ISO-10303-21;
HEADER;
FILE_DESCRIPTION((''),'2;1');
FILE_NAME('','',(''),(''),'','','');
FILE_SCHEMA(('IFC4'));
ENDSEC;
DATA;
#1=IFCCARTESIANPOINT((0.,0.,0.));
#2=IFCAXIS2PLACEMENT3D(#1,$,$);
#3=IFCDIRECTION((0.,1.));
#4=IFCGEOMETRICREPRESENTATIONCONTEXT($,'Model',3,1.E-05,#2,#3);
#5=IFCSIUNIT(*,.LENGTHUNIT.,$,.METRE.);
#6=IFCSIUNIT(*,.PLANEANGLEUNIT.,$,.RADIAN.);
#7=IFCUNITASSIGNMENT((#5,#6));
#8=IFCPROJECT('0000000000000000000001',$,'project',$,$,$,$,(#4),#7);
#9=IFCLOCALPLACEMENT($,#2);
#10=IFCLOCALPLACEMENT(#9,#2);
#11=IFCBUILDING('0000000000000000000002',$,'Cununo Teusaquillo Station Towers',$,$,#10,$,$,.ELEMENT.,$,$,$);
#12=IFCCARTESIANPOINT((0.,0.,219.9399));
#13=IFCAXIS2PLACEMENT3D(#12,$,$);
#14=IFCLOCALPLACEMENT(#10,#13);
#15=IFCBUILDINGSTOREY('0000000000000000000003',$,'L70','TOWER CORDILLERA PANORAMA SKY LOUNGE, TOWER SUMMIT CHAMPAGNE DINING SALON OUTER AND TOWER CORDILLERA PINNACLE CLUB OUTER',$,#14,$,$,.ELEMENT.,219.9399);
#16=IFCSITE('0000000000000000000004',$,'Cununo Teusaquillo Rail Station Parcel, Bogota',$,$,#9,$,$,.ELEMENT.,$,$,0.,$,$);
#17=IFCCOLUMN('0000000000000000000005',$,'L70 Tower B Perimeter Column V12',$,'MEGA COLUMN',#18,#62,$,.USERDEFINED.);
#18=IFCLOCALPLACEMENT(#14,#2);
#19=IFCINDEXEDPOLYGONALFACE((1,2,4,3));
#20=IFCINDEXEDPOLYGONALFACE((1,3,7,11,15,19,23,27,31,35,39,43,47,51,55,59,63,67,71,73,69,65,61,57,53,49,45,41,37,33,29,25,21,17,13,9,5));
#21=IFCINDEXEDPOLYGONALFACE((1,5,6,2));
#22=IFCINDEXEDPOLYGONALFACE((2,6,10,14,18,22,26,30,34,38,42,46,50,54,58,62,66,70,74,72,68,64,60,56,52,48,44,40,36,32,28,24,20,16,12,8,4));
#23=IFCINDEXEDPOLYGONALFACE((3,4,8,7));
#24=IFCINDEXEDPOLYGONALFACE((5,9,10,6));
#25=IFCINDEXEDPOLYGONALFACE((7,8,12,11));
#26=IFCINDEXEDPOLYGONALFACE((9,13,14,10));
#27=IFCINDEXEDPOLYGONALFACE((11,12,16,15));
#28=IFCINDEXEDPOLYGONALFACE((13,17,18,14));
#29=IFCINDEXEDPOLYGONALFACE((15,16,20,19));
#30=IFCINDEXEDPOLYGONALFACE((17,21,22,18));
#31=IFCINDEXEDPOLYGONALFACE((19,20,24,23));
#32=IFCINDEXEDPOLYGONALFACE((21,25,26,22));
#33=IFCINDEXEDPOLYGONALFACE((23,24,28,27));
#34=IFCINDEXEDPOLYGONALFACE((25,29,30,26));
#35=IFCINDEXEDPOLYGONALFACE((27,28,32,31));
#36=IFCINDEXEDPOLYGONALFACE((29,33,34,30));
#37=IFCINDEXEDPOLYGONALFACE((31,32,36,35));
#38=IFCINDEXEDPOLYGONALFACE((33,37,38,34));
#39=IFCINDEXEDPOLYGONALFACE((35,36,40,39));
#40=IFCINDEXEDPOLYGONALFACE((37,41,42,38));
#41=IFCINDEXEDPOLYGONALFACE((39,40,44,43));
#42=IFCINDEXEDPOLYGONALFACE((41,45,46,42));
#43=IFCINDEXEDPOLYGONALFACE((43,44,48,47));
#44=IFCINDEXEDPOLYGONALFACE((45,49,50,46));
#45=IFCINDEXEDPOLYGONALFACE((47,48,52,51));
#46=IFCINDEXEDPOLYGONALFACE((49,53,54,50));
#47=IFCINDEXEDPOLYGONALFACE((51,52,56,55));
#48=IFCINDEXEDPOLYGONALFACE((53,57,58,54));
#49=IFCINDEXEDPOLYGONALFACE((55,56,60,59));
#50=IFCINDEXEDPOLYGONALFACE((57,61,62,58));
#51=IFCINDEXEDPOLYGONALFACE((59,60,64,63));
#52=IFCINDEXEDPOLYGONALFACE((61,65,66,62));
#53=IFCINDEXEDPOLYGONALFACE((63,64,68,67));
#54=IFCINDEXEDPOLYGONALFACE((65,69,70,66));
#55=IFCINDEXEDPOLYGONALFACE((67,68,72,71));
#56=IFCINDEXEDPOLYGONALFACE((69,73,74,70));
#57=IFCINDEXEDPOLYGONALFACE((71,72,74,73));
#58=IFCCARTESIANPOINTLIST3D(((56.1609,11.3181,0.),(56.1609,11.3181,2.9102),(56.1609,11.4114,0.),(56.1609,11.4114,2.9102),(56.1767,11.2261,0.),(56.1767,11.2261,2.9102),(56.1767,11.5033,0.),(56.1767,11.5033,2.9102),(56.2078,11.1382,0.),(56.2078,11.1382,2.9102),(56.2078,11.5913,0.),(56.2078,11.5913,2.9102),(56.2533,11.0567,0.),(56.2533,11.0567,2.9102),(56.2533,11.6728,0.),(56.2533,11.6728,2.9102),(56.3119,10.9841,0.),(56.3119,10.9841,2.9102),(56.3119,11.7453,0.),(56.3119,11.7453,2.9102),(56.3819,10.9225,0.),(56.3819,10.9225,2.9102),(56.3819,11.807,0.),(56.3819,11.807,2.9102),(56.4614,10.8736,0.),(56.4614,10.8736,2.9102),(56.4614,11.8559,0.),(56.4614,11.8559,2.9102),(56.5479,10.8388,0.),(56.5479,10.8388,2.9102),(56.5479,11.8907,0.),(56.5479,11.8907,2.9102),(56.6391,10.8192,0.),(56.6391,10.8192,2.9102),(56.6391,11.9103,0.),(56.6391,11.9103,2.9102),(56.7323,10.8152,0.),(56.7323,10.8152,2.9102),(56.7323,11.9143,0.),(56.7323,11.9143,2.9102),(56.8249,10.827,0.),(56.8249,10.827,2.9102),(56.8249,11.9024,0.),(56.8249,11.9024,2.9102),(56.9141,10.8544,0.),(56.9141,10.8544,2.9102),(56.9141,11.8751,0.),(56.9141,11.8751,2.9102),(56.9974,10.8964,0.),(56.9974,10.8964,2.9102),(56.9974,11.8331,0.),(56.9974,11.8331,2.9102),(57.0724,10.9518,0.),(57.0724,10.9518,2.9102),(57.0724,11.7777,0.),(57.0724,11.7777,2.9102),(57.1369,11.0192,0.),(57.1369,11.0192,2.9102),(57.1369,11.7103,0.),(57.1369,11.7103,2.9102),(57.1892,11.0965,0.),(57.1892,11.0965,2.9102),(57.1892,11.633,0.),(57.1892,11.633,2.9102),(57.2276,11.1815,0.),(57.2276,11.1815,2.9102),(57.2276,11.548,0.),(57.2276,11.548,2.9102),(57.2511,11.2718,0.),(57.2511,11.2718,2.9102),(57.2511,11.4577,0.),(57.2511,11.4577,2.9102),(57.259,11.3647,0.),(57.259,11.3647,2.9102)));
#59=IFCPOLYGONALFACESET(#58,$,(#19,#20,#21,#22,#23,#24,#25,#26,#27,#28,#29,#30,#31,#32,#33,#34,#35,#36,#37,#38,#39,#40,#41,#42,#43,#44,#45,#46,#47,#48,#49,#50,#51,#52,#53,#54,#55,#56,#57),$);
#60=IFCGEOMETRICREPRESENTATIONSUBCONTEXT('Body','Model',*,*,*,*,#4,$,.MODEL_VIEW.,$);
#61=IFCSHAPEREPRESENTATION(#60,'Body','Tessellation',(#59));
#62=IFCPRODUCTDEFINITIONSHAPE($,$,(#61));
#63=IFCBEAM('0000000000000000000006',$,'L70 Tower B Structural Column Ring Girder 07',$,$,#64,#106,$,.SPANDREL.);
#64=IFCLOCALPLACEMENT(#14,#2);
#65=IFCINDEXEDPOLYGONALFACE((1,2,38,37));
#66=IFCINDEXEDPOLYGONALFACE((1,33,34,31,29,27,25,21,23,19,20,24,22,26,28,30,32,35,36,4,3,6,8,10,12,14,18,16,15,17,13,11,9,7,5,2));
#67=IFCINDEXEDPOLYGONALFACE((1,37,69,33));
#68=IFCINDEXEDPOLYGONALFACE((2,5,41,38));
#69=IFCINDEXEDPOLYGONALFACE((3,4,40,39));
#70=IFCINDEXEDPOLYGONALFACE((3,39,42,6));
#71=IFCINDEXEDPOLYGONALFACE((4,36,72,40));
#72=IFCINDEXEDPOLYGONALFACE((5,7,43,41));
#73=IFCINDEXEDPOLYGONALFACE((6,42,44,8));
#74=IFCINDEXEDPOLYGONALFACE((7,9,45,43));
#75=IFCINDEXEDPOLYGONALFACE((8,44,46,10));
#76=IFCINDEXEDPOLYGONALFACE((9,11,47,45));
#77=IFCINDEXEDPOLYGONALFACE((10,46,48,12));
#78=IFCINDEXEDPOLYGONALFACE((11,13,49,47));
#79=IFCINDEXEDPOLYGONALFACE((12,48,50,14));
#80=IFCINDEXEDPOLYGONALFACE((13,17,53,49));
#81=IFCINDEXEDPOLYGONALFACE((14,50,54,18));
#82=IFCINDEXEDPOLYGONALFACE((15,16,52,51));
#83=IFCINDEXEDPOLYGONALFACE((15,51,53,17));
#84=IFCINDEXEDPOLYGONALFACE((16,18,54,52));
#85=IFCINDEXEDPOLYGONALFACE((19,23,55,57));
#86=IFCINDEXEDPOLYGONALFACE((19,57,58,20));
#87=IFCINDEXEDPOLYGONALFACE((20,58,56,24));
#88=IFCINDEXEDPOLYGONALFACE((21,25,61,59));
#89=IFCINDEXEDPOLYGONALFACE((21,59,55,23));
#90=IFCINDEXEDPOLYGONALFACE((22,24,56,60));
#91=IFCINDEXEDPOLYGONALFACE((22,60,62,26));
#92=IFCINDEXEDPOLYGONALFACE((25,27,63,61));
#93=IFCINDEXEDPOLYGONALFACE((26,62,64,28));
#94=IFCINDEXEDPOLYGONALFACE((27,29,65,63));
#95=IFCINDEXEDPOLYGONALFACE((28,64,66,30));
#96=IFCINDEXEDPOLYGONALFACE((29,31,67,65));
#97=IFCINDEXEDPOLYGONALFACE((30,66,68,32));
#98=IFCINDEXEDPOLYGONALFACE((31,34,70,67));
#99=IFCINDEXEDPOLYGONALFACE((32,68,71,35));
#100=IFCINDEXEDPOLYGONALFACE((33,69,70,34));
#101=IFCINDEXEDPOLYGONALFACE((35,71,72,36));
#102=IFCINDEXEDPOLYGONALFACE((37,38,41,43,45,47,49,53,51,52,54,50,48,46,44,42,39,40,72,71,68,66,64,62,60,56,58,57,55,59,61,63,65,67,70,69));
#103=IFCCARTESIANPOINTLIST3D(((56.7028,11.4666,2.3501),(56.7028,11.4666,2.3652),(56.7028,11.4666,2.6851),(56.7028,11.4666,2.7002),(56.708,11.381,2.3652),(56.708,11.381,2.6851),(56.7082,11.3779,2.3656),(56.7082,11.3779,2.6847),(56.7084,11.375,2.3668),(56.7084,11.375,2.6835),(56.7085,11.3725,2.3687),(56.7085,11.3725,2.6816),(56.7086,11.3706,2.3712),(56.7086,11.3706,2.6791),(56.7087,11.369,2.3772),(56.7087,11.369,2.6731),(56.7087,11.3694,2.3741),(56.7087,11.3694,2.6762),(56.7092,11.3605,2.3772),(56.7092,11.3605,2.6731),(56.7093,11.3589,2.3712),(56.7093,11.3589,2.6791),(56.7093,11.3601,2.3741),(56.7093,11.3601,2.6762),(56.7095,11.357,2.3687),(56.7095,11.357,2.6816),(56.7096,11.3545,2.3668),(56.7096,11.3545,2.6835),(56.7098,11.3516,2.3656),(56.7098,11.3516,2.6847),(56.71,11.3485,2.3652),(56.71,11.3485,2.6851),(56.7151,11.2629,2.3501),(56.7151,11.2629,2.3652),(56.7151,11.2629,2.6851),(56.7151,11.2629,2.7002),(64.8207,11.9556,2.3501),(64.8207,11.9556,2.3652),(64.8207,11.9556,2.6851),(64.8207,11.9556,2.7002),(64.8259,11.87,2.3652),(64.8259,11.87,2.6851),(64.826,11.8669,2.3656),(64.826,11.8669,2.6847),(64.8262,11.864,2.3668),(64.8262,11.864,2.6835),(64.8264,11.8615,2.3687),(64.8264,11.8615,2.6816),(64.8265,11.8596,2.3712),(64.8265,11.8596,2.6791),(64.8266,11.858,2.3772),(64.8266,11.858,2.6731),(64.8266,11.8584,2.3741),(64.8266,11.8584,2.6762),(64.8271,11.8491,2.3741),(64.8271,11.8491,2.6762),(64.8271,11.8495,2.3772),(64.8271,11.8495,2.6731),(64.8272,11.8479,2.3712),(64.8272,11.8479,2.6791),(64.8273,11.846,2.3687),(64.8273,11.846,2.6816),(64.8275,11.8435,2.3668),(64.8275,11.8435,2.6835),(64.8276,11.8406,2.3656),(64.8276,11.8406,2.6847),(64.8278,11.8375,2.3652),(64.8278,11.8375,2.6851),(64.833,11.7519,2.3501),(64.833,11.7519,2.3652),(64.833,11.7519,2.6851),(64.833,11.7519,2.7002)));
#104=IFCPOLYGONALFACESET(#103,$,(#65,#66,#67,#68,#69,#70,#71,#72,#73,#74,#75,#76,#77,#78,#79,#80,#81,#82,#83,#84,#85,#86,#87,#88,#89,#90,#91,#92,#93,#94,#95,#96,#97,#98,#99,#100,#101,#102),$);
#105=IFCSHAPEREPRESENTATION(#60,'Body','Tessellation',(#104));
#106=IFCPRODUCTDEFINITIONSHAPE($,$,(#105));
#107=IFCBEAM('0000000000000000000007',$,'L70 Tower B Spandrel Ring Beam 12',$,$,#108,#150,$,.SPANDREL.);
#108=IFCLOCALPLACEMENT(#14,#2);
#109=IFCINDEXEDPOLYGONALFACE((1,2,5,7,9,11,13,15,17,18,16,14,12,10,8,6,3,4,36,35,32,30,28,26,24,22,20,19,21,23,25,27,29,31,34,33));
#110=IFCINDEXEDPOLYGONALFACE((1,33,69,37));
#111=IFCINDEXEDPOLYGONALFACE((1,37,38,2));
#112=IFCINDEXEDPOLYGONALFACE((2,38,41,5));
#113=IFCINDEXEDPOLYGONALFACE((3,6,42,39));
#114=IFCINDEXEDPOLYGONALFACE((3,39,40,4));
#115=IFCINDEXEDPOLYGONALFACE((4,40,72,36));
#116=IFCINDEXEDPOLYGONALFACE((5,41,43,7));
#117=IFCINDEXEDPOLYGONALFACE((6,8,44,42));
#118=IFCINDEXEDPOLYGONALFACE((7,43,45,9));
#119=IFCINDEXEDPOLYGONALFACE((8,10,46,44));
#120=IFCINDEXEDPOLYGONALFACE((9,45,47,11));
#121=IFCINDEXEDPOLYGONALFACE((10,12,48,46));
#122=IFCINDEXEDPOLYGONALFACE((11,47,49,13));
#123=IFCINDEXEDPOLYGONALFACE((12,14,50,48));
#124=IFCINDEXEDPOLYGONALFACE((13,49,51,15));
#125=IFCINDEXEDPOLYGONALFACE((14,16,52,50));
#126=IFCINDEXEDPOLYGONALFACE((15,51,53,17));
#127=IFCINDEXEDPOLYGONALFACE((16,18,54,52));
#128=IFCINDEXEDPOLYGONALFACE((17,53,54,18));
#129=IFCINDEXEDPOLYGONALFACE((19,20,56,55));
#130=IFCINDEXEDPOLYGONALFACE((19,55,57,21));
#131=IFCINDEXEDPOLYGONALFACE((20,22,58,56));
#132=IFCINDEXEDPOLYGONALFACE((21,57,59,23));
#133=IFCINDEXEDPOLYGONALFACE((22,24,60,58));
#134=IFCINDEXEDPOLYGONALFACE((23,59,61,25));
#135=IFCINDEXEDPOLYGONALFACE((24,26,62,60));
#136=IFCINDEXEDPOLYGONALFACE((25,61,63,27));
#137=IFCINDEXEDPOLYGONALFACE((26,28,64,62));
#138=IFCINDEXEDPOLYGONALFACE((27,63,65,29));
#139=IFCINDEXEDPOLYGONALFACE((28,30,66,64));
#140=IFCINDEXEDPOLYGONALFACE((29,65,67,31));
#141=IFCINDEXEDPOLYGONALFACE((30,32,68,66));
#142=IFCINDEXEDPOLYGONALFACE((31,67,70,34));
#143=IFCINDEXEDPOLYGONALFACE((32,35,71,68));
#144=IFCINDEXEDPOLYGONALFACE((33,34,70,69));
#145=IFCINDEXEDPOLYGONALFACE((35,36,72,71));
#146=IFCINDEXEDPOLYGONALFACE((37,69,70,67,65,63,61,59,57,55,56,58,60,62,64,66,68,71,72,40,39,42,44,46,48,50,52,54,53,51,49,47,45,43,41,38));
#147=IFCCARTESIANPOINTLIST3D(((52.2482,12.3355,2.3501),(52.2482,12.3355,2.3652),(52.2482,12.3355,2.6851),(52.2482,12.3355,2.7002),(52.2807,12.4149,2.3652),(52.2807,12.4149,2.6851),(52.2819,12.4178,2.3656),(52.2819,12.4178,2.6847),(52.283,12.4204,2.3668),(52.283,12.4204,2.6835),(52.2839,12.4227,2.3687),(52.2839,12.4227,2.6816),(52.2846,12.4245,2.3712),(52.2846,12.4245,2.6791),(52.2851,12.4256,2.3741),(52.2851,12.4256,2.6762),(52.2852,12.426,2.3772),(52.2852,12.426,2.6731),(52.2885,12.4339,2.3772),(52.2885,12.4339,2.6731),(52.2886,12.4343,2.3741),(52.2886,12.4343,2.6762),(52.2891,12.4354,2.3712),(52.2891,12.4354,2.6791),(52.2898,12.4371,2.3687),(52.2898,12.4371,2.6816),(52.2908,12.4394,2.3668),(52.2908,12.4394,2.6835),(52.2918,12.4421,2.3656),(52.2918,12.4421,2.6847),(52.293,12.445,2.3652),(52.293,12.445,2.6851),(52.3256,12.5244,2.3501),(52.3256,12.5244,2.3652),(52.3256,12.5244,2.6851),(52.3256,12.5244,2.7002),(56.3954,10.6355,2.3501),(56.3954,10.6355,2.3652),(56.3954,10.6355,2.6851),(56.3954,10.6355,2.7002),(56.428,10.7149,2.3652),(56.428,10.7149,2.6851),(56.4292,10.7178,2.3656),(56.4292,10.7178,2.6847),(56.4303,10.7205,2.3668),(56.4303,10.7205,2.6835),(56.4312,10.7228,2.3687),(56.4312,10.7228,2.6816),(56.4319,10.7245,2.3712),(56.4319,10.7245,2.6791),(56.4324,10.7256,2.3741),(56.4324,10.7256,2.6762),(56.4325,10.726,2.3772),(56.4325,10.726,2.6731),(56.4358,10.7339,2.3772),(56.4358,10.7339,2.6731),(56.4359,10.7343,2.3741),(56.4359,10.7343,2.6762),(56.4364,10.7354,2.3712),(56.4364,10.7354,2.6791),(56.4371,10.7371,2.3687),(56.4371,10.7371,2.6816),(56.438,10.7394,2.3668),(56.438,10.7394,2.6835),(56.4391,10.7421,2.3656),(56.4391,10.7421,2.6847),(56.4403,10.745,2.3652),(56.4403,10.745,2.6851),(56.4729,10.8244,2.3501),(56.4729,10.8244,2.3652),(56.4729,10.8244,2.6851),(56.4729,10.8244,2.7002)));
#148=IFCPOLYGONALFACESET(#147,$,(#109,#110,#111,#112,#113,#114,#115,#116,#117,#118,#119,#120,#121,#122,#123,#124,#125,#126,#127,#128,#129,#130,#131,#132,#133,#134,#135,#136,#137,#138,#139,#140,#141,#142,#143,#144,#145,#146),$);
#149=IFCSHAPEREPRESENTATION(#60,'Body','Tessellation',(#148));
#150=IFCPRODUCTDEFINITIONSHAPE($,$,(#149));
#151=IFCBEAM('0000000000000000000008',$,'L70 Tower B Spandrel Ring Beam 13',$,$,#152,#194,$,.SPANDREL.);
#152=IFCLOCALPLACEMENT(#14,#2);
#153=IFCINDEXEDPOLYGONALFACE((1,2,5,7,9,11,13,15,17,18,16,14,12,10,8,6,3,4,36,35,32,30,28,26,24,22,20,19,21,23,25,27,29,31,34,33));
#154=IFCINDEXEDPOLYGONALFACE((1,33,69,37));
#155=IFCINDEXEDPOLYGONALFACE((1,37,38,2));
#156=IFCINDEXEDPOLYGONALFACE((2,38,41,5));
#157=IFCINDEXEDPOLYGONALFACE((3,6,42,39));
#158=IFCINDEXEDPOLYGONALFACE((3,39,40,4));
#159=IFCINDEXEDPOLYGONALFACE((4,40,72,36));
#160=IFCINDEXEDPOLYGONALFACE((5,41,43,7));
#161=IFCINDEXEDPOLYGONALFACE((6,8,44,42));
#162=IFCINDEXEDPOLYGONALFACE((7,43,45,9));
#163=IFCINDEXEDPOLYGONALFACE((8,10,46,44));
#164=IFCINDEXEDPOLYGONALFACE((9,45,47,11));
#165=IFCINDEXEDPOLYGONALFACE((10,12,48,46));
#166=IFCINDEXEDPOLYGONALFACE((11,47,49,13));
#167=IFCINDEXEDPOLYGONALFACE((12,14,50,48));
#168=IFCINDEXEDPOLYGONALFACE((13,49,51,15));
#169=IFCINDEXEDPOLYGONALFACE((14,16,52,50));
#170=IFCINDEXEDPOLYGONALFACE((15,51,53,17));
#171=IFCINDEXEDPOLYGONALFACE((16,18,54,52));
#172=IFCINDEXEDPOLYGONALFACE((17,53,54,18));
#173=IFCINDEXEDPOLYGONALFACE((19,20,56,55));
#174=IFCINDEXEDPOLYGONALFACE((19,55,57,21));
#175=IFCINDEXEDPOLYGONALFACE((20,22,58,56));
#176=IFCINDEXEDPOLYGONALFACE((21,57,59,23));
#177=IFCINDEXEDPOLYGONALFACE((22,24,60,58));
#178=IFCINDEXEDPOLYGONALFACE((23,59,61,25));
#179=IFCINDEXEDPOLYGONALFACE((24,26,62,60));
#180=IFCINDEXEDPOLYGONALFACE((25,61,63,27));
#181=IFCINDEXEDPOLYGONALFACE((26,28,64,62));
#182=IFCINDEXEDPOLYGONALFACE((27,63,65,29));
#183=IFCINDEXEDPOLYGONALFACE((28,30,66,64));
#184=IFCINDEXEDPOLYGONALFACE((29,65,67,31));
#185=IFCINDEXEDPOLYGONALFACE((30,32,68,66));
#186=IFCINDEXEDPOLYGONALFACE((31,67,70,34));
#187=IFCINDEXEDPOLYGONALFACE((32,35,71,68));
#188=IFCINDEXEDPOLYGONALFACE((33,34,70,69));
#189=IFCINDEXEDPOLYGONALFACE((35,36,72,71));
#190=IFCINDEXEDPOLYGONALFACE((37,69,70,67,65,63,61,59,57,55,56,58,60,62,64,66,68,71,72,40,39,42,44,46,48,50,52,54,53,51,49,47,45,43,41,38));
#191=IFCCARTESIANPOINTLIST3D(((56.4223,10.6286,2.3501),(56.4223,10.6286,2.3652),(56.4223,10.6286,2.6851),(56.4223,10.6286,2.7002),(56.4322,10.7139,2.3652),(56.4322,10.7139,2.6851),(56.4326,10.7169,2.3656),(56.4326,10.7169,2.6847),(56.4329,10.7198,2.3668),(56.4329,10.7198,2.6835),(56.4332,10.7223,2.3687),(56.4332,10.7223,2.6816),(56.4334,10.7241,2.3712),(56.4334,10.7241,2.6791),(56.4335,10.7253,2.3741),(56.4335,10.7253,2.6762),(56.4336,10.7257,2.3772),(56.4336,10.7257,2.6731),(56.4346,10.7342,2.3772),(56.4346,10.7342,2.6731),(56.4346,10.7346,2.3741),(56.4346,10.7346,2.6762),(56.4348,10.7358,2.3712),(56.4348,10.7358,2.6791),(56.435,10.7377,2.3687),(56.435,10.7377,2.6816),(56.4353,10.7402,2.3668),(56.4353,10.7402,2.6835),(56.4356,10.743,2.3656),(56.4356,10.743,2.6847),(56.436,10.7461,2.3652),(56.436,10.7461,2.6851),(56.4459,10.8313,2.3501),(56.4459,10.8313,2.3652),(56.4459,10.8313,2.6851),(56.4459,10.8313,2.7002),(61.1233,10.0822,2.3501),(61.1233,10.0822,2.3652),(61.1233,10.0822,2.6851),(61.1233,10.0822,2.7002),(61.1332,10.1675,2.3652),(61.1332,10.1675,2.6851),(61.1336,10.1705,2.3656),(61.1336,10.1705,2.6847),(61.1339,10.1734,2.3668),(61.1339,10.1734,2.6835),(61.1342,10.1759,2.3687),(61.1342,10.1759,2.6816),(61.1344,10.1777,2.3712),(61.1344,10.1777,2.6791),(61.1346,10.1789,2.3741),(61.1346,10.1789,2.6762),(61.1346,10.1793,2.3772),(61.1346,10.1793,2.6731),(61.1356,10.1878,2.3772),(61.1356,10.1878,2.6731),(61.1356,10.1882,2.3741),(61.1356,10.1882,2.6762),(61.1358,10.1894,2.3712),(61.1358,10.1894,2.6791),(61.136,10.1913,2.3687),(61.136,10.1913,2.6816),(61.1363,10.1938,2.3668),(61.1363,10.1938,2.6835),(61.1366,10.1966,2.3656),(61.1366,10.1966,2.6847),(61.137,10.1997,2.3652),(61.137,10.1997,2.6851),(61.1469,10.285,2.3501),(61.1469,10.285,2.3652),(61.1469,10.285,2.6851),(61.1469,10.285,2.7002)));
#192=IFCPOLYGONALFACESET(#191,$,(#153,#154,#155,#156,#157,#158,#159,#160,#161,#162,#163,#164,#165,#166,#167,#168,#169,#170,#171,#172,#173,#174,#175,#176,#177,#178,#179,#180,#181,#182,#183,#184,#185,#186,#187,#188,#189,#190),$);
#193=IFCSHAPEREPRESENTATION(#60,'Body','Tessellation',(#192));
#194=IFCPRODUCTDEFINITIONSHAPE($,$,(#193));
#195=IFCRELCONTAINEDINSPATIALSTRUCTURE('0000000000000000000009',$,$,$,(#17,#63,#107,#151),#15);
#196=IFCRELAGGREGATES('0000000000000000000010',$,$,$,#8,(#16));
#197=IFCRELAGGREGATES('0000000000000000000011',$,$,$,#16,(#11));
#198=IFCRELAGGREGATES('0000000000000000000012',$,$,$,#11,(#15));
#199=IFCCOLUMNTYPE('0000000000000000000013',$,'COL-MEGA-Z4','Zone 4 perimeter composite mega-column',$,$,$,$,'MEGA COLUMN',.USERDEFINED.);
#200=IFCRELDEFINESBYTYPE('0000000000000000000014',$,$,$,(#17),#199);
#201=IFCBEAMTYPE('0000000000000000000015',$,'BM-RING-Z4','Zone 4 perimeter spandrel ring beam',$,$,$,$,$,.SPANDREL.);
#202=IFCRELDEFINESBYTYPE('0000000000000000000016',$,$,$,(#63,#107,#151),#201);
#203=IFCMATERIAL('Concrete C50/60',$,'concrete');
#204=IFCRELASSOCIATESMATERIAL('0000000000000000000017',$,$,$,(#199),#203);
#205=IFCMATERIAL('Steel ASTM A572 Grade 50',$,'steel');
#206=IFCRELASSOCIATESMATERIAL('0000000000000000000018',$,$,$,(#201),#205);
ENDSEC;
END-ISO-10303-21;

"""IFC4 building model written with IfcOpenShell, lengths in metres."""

from ifc_helpers import new_model, si_unit, direction, frame, origin, origin_2d, place, context, subcontext, project, spatial, circle, i_section, extrude, material, material_profile, profile_set, type_object, element, save


model = new_model("IFC4")

# Units and contexts
model_context = context("Model", 3, precision=1e-05, world=origin(), true_north=direction((0.0, 1.0)))
body_context = subcontext(model_context, "Body", "Model", "MODEL_VIEW")
ifc_project = project(units=[si_unit("LENGTHUNIT", "METRE"), si_unit("PLANEANGLEUNIT", "RADIAN")], contexts=[model_context])

# Site, building, storey
site_placement = place(None, origin())
site = spatial("IfcSite", under=ifc_project, at=site_placement, Name="Cununo Teusaquillo Rail Station Parcel, Bogota", CompositionType="ELEMENT", RefElevation=0.0)
building_placement = place(site_placement, origin())
building = spatial("IfcBuilding", under=site, at=building_placement, Name="Cununo Teusaquillo Station Towers", CompositionType="ELEMENT")
storey_placement = place(building_placement, frame((0.0, 0.0, 219.9399)))
storey = spatial("IfcBuildingStorey", under=building, at=storey_placement, Name="L70", Description="TOWER CORDILLERA PANORAMA SKY LOUNGE, TOWER SUMMIT CHAMPAGNE DINING SALON OUTER AND TOWER CORDILLERA PINNACLE CLUB OUTER", CompositionType="ELEMENT", Elevation=219.9399)

# Column
ifc_material_1 = material(Name="Concrete C50/60", Category="concrete")
ifc_material_profile_1 = material_profile(ifc_material_1, circle(Radius=0.55, at=origin_2d()), Name="RC-CIRC-1100")
ifc_profile_set_1 = profile_set([ifc_material_profile_1], Name="Concrete C50/60")
column_type = type_object("IfcColumnType", Name="COL-MEGA-Z4", Description="Zone 4 perimeter composite mega-column", ElementType="MEGA COLUMN", PredefinedType="USERDEFINED", material=ifc_profile_set_1)
column_placement = place(storey_placement, frame((56.709, 11.3647, 0.0), z_axis=(0.0, 0.0, 1.0), x_axis=(1.0, 0.0, 0.0)))
element("IfcColumn", 1, at=column_placement, inside=storey, type_object=column_type, Name="L70 Tower B Perimeter Column V12", ObjectType="MEGA COLUMN", PredefinedType="USERDEFINED", context=body_context, shape_type="SweptSolid", body=[
    extrude(circle(Radius=0.55, at=origin_2d()), origin(), (0.0, 0.0, 1.0), 2.9102),
])

# Beams
ifc_material_2 = material(Name="Steel ASTM A572 Grade 50", Category="steel")
ifc_material_profile_2 = material_profile(ifc_material_2, i_section(OverallWidth=0.2041, OverallDepth=0.3501, WebThickness=0.0085, FlangeThickness=0.0151, FilletRadius=0.012, at=origin_2d()), Name="W14X48")
ifc_profile_set_2 = profile_set([ifc_material_profile_2], Name="Steel ASTM A572 Grade 50")
beam_type = type_object("IfcBeamType", Name="BM-RING-Z4", Description="Zone 4 perimeter spandrel ring beam", PredefinedType="SPANDREL", material=ifc_profile_set_2)
beam_1_placement = place(storey_placement, frame((56.709, 11.3647, 2.5251), z_axis=(0.998191, 0.06013, 0.0), x_axis=(-0.06013, 0.998191, 0.0)))
element("IfcBeam", 2, at=beam_1_placement, inside=storey, type_object=beam_type, Name="L70 Tower B Structural Column Ring Girder 07", PredefinedType="SPANDREL", context=body_context, shape_type="SweptSolid", body=[
    extrude(i_section(OverallWidth=0.2041, OverallDepth=0.3501, WebThickness=0.0085, FlangeThickness=0.0151, FilletRadius=0.012, at=origin_2d()), origin(), (0.0, 0.0, 1.0), 8.1326),
])
beam_2_placement = place(storey_placement, frame((52.2869, 12.4299, 2.5251), z_axis=(0.925284, -0.379275, 0.0), x_axis=(0.379275, 0.925284, 0.0)))
element("IfcBeam", 3, at=beam_2_placement, inside=storey, type_object=beam_type, Name="L70 Tower B Spandrel Ring Beam 12", PredefinedType="SPANDREL", context=body_context, shape_type="SweptSolid", body=[
    extrude(i_section(OverallWidth=0.2041, OverallDepth=0.3501, WebThickness=0.0085, FlangeThickness=0.0151, FilletRadius=0.012, at=origin_2d()), origin(), (0.0, 0.0, 1.0), 4.4822),
])
beam_3_placement = place(storey_placement, frame((56.4341, 10.73, 2.5251), z_axis=(0.993313, -0.115452, 0.0), x_axis=(0.115452, 0.993313, 0.0)))
element("IfcBeam", 4, at=beam_3_placement, inside=storey, type_object=beam_type, Name="L70 Tower B Spandrel Ring Beam 13", PredefinedType="SPANDREL", context=body_context, shape_type="SweptSolid", body=[
    extrude(i_section(OverallWidth=0.2041, OverallDepth=0.3501, WebThickness=0.0085, FlangeThickness=0.0151, FilletRadius=0.012, at=origin_2d()), origin(), (0.0, 0.0, 1.0), 4.7327),
])

save(model, "model.ifc")
